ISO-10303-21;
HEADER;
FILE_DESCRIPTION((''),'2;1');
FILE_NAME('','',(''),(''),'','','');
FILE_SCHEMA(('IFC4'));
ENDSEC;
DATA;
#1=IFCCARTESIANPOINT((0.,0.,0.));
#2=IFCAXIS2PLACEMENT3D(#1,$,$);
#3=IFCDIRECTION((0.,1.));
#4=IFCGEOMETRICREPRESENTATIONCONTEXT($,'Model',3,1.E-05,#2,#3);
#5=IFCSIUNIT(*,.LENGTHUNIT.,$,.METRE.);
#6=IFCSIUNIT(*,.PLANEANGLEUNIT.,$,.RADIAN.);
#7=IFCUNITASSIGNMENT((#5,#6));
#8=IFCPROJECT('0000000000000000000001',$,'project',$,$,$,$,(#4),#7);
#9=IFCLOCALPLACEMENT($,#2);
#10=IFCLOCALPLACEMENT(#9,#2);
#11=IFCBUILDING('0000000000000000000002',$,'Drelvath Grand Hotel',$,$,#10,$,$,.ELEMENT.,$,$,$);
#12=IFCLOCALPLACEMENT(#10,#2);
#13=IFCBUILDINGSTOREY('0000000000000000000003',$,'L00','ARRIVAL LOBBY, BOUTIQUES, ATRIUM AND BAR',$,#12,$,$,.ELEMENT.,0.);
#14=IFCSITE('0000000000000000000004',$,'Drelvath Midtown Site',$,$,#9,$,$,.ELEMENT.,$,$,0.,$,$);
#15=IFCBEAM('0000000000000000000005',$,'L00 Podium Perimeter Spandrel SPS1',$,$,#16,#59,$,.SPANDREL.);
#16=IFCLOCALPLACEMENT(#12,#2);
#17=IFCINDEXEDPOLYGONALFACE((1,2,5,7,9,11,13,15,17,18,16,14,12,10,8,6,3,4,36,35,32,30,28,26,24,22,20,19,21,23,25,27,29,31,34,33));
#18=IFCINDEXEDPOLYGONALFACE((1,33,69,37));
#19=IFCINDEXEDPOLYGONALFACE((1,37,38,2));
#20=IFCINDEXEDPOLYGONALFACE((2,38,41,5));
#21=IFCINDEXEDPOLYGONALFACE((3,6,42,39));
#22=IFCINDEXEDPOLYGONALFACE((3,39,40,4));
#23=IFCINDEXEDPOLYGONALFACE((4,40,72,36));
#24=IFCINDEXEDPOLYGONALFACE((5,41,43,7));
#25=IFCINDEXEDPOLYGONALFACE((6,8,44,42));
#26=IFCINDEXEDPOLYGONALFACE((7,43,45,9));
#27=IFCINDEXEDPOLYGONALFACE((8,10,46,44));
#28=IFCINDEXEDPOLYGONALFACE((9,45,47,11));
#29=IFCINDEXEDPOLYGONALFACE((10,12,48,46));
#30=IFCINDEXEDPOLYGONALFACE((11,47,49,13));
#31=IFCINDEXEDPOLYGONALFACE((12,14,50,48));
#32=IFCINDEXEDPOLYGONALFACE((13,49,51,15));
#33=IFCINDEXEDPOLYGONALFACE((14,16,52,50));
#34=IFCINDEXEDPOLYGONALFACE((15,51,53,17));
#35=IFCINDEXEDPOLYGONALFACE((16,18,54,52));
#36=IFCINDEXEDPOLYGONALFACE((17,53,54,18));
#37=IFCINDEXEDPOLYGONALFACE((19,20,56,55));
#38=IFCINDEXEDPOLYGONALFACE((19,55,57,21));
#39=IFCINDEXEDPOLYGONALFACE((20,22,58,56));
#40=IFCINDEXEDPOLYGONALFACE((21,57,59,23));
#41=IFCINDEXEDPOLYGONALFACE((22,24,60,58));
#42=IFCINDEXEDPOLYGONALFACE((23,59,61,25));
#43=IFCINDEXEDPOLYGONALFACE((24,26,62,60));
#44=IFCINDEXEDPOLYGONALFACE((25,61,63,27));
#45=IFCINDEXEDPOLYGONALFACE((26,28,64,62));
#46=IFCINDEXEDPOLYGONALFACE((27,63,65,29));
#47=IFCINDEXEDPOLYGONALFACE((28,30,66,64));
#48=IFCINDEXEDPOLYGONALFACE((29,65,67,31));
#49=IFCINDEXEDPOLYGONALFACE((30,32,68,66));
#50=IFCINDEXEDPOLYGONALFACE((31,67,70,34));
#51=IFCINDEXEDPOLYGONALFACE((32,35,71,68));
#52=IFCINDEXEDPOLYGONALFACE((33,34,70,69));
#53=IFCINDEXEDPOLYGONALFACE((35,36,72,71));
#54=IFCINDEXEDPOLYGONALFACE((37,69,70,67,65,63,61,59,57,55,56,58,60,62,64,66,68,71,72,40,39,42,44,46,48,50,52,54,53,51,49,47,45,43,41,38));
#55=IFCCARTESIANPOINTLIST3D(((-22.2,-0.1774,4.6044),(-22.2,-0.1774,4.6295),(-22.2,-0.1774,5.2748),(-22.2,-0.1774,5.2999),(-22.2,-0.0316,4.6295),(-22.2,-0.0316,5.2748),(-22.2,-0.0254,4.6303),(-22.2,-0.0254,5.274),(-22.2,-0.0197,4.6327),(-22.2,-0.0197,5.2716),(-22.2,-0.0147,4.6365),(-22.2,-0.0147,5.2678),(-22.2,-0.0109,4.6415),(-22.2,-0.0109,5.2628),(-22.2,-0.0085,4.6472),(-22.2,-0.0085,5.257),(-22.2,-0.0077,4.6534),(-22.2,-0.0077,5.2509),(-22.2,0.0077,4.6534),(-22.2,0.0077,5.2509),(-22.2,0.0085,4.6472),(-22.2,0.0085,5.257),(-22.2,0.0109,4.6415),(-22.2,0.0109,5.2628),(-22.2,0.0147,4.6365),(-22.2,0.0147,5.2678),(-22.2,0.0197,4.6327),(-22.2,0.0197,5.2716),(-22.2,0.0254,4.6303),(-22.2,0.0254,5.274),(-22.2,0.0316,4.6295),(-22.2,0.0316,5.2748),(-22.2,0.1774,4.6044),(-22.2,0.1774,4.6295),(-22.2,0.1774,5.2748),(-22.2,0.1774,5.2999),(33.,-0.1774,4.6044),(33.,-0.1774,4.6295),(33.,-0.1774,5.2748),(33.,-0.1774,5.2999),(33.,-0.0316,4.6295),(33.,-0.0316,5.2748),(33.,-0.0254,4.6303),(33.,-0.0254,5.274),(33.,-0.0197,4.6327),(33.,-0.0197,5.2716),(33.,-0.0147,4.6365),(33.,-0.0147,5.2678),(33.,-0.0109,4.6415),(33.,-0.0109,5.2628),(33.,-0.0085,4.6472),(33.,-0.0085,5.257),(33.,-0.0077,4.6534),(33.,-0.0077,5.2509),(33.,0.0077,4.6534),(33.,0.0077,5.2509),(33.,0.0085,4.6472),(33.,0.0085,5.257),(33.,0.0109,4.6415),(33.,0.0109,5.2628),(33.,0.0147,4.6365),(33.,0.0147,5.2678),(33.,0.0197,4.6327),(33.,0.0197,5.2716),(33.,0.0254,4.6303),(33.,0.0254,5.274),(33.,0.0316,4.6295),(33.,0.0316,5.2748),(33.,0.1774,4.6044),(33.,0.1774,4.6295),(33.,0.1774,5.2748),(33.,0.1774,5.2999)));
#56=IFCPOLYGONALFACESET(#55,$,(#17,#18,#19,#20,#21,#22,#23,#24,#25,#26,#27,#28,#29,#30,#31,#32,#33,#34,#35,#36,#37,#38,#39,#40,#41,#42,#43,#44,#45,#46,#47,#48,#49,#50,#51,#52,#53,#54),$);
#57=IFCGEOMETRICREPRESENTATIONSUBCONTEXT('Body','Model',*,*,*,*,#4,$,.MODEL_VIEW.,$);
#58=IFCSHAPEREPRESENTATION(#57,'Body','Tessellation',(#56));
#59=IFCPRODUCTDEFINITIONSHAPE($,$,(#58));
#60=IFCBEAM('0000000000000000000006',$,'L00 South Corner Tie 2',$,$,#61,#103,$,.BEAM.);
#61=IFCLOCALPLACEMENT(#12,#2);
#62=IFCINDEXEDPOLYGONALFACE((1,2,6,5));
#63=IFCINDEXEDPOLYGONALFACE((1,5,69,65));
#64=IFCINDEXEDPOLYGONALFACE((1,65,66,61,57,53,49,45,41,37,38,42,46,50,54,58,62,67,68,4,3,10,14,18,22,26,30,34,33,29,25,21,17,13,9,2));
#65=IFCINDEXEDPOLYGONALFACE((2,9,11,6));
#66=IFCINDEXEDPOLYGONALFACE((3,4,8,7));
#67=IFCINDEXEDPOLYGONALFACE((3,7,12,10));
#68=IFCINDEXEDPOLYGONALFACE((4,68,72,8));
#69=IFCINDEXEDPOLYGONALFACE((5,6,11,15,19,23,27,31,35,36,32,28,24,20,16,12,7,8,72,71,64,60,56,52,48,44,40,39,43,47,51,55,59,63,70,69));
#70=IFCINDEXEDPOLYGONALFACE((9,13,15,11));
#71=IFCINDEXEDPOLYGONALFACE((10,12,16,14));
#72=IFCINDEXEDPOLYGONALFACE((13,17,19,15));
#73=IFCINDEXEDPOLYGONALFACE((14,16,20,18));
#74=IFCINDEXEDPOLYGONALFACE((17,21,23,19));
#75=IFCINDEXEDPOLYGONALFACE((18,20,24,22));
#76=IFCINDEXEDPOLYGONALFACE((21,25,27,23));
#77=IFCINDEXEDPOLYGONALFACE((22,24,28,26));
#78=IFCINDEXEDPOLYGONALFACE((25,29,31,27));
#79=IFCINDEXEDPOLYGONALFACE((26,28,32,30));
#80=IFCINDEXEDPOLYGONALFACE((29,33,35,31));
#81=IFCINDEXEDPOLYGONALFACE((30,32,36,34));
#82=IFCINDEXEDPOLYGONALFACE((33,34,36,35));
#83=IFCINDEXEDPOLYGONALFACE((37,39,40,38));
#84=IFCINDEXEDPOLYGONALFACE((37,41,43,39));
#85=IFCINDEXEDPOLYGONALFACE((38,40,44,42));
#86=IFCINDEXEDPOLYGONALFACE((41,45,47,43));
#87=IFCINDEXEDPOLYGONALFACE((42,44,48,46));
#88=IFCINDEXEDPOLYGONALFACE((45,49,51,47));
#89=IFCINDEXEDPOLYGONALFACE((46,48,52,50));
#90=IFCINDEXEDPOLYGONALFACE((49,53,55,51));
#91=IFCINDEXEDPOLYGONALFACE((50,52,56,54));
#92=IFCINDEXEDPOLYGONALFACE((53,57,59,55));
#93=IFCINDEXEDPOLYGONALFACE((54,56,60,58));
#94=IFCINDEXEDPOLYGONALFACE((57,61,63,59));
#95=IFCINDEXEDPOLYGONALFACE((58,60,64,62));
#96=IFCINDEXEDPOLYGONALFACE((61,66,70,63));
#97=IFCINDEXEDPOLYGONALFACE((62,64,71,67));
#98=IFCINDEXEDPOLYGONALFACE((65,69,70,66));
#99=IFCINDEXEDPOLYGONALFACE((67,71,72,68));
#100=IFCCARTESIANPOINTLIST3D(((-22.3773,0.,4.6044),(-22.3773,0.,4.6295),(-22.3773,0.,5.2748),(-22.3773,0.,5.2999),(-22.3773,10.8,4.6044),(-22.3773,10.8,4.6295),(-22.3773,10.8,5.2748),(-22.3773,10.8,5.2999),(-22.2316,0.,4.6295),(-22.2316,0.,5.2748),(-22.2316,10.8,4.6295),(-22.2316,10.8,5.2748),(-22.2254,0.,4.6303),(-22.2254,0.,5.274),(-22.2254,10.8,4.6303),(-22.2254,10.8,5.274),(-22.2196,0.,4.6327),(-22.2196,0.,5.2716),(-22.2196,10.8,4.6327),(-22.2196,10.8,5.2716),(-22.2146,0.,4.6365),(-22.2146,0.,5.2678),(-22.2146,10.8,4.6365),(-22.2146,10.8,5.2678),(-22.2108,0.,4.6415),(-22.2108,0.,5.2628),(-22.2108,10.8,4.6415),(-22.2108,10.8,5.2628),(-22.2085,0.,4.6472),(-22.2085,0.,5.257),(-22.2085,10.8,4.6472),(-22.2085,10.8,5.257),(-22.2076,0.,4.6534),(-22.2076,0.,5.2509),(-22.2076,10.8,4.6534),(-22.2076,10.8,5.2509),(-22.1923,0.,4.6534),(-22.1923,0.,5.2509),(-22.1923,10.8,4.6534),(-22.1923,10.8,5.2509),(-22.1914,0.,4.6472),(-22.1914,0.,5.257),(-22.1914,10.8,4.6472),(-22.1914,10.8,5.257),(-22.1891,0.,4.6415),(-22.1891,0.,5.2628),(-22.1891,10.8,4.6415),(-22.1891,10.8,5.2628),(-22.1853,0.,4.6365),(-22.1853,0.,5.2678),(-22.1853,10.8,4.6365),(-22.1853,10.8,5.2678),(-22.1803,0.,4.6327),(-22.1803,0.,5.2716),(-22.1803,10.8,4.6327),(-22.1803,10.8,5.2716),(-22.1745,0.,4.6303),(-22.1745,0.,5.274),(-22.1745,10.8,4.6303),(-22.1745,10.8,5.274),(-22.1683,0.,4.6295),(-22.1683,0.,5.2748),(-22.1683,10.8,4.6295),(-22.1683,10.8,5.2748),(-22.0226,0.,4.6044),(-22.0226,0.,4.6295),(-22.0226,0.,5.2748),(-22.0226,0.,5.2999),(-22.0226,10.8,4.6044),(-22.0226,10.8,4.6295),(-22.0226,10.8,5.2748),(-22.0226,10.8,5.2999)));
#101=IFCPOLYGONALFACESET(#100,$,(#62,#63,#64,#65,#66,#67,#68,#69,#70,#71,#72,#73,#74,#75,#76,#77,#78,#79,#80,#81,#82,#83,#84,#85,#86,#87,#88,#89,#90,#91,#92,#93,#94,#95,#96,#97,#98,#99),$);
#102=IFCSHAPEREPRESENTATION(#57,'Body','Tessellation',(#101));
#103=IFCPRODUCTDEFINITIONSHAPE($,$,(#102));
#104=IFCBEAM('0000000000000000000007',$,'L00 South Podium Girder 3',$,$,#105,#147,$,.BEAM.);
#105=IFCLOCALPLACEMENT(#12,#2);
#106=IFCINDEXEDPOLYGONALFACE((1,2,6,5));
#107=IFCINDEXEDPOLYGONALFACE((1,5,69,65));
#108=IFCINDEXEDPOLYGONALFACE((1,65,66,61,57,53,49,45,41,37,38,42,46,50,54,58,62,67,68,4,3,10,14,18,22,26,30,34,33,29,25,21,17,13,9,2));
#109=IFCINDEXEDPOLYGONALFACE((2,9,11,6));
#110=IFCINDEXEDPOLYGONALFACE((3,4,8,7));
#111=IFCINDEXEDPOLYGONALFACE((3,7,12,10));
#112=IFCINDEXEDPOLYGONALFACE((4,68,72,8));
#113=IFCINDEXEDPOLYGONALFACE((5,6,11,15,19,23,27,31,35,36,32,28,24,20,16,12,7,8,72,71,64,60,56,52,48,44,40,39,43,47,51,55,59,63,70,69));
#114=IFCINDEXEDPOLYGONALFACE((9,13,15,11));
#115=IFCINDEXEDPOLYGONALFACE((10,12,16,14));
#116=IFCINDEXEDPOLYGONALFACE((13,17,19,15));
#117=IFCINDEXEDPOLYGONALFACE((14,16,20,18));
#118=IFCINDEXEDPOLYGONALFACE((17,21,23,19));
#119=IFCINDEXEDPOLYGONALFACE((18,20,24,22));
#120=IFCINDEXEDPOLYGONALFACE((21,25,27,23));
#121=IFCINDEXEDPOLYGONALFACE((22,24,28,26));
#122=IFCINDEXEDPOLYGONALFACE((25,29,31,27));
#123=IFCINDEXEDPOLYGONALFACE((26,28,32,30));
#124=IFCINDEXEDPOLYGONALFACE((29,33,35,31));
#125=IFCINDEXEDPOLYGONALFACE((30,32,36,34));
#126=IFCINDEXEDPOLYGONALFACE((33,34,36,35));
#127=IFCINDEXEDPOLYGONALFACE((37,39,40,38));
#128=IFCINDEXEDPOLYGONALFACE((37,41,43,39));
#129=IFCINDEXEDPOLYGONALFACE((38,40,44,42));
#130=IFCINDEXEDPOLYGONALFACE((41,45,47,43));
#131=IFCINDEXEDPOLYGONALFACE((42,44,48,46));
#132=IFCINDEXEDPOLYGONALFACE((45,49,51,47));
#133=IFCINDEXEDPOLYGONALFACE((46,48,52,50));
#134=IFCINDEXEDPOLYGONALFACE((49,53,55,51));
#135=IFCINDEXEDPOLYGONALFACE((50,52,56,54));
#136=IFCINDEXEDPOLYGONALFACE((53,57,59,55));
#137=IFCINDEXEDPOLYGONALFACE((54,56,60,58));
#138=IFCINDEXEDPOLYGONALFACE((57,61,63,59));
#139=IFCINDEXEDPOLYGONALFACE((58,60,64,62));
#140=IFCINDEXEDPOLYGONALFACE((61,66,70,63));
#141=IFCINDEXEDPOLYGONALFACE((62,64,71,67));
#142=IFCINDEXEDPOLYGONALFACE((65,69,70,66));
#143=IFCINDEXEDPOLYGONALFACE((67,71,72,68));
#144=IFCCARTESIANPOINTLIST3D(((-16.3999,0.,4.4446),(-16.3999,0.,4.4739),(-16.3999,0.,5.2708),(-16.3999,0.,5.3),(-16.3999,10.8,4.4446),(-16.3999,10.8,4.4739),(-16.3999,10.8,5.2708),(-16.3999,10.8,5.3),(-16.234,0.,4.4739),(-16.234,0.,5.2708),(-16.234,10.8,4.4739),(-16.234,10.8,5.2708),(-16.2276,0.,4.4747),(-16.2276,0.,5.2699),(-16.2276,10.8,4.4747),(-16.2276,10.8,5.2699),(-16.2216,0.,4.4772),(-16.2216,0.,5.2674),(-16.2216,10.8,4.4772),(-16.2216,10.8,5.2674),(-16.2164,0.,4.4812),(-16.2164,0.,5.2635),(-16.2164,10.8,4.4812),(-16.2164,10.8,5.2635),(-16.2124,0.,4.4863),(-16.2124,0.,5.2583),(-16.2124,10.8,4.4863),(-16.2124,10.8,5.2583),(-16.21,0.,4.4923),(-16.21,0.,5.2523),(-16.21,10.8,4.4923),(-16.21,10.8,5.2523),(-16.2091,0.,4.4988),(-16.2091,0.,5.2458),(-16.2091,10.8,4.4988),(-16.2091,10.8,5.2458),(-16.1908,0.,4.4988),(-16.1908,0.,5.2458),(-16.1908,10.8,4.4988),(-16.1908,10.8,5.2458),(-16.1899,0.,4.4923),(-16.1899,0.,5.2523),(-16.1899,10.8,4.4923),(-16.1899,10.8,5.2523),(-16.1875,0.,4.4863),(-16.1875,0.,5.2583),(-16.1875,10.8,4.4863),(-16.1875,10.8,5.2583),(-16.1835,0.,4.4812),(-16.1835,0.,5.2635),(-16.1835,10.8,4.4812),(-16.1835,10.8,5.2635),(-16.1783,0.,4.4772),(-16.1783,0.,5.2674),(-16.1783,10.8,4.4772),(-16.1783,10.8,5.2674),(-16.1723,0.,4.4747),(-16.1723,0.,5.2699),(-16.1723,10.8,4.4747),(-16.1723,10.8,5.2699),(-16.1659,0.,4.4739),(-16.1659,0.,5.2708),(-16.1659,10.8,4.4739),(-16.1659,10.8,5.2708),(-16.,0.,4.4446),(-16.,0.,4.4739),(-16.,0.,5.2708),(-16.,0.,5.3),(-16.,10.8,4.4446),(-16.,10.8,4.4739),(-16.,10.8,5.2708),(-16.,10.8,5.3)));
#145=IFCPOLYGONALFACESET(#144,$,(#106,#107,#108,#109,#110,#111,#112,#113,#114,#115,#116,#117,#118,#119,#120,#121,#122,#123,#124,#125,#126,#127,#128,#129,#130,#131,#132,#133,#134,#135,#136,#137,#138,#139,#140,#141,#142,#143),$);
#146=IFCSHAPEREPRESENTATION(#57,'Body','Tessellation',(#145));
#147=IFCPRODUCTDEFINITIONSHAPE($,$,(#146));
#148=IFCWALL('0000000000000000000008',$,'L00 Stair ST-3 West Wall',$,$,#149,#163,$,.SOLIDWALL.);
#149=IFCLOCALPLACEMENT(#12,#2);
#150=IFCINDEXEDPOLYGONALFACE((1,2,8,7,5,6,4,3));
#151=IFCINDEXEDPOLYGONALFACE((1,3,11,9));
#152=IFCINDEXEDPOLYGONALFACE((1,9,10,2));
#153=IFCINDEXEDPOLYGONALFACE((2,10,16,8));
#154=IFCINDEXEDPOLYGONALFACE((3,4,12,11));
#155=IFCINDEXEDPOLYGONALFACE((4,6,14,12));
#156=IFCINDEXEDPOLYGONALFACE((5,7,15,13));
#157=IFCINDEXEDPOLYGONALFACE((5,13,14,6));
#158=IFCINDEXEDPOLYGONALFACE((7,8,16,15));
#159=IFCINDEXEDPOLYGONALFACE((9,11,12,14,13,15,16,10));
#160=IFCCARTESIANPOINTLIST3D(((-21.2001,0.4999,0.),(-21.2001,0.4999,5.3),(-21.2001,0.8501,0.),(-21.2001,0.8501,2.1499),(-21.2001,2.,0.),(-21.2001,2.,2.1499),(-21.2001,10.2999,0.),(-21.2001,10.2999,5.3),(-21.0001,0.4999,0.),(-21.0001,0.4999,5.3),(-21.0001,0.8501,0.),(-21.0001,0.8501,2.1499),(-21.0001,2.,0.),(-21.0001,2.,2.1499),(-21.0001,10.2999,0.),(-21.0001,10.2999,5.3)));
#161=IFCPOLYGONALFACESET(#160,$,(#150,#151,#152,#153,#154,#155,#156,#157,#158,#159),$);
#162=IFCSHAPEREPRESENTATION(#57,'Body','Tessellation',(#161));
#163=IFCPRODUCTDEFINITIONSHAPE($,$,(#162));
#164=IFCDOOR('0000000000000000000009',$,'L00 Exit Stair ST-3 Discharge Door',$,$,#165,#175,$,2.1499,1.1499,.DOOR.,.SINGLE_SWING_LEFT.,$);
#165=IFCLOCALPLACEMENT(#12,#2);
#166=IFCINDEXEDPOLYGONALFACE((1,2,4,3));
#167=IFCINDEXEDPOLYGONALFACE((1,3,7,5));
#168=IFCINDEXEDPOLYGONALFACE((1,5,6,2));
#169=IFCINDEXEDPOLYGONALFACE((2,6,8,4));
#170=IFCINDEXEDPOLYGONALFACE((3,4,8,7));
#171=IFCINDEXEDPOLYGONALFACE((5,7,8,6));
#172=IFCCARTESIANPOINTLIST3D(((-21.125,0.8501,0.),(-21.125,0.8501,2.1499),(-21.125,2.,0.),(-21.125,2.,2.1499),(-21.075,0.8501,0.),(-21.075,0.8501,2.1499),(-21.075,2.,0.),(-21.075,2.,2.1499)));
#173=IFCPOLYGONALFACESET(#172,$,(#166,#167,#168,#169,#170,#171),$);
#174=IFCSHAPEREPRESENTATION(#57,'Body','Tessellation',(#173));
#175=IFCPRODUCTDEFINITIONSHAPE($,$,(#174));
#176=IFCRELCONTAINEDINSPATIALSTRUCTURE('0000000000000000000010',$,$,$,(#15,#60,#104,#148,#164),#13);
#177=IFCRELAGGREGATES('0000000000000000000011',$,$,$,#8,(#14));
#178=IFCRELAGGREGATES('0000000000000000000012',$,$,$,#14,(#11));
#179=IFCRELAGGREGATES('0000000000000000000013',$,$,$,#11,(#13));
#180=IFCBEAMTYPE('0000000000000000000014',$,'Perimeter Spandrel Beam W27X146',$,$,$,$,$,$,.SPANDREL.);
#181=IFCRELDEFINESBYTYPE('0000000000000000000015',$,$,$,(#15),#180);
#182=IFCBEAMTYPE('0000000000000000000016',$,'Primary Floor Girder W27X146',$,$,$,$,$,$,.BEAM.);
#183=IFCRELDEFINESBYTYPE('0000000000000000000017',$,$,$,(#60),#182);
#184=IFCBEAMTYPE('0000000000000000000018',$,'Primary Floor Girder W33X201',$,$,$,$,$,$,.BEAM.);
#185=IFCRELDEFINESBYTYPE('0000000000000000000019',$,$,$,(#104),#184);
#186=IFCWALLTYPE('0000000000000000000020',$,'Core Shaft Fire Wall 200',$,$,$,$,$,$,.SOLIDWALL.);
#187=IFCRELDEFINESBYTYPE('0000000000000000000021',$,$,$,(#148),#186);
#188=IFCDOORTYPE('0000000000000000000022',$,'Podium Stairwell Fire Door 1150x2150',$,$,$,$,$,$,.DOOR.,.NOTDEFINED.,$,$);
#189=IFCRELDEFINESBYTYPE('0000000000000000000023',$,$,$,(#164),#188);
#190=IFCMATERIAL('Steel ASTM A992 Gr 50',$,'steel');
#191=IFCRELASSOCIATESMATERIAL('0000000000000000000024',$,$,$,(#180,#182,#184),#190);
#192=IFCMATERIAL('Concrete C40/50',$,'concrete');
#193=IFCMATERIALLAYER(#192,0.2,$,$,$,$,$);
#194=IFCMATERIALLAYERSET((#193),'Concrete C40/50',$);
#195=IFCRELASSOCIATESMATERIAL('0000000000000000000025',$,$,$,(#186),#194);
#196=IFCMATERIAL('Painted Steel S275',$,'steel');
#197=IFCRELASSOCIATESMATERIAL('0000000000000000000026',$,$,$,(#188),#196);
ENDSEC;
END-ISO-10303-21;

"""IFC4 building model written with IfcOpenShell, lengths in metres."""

from ifc_helpers import new_model, si_unit, direction, frame, frame_2d, origin, origin_2d, place, context, subcontext, project, spatial, rectangle, i_section, extrude, material, layer, layer_set, material_profile, profile_set, type_object, element, fill, save


model = new_model("IFC4")

# Units and contexts
model_context = context("Model", 3, precision=1e-05, world=origin(), true_north=direction((0.0, 1.0)))
body_context = subcontext(model_context, "Body", "Model", "MODEL_VIEW")
ifc_project = project(units=[si_unit("LENGTHUNIT", "METRE"), si_unit("PLANEANGLEUNIT", "RADIAN")], contexts=[model_context])

# Site, building, storey
site_placement = place(None, origin())
site = spatial("IfcSite", under=ifc_project, at=site_placement, Name="Drelvath Midtown Site", CompositionType="ELEMENT", RefElevation=0.0)
building_placement = place(site_placement, origin())
building = spatial("IfcBuilding", under=site, at=building_placement, Name="Drelvath Grand Hotel", CompositionType="ELEMENT")
storey_placement = place(building_placement, origin())
storey = spatial("IfcBuildingStorey", under=building, at=storey_placement, Name="L00", Description="ARRIVAL LOBBY, BOUTIQUES, ATRIUM AND BAR", CompositionType="ELEMENT", Elevation=0.0)

# Beams
ifc_material_1 = material(Name="Steel ASTM A992 Gr 50", Category="steel")
ifc_material_profile_1 = material_profile(ifc_material_1, i_section(OverallWidth=0.3547, OverallDepth=0.6956, WebThickness=0.0154, FlangeThickness=0.0251, FilletRadius=0.0239, at=origin_2d()), Name="W27X146")
ifc_profile_set_1 = profile_set([ifc_material_profile_1], Name="Steel ASTM A992 Gr 50")
beam_type_1 = type_object("IfcBeamType", Name="Perimeter Spandrel Beam W27X146", PredefinedType="SPANDREL", material=ifc_profile_set_1)
beam_1_placement = place(storey_placement, frame((-22.2, 0.0, 4.9521), z_axis=(1.0, 0.0, 0.0), x_axis=(0.0, 1.0, 0.0)))
element("IfcBeam", 1, at=beam_1_placement, inside=storey, type_object=beam_type_1, Name="L00 Podium Perimeter Spandrel SPS1", PredefinedType="SPANDREL", context=body_context, shape_type="SweptSolid", body=[
    extrude(i_section(OverallWidth=0.3547, OverallDepth=0.6956, WebThickness=0.0154, FlangeThickness=0.0251, FilletRadius=0.0239, at=origin_2d()), origin(), (0.0, 0.0, 1.0), 55.2),
])
ifc_material_profile_2 = material_profile(ifc_material_1, i_section(OverallWidth=0.3547, OverallDepth=0.6956, WebThickness=0.0154, FlangeThickness=0.0251, FilletRadius=0.0239, at=origin_2d()), Name="W27X146")
ifc_profile_set_2 = profile_set([ifc_material_profile_2], Name="Steel ASTM A992 Gr 50")
beam_type_2 = type_object("IfcBeamType", Name="Primary Floor Girder W27X146", PredefinedType="BEAM", material=ifc_profile_set_2)
beam_2_placement = place(storey_placement, frame((-22.2, 0.0, 4.9521), z_axis=(0.0, 1.0, 0.0), x_axis=(-1.0, 0.0, 0.0)))
element("IfcBeam", 2, at=beam_2_placement, inside=storey, type_object=beam_type_2, Name="L00 South Corner Tie 2", PredefinedType="BEAM", context=body_context, shape_type="SweptSolid", body=[
    extrude(i_section(OverallWidth=0.3547, OverallDepth=0.6956, WebThickness=0.0154, FlangeThickness=0.0251, FilletRadius=0.0239, at=origin_2d()), origin(), (0.0, 0.0, 1.0), 10.8),
])
ifc_material_profile_3 = material_profile(ifc_material_1, i_section(OverallWidth=0.3999, OverallDepth=0.8555, WebThickness=0.0183, FlangeThickness=0.0293, FilletRadius=0.0249, at=origin_2d()), Name="W33X201")
ifc_profile_set_3 = profile_set([ifc_material_profile_3], Name="Steel ASTM A992 Gr 50")
beam_type_3 = type_object("IfcBeamType", Name="Primary Floor Girder W33X201", PredefinedType="BEAM", material=ifc_profile_set_3)
beam_3_placement = place(storey_placement, frame((-16.2, 0.0, 4.8723), z_axis=(0.0, 1.0, 0.0), x_axis=(-1.0, 0.0, 0.0)))
element("IfcBeam", 3, at=beam_3_placement, inside=storey, type_object=beam_type_3, Name="L00 South Podium Girder 3", PredefinedType="BEAM", context=body_context, shape_type="SweptSolid", body=[
    extrude(i_section(OverallWidth=0.3999, OverallDepth=0.8555, WebThickness=0.0183, FlangeThickness=0.0293, FilletRadius=0.0249, at=origin_2d()), origin(), (0.0, 0.0, 1.0), 10.8),
])

# Wall, opening, door
ifc_material_2 = material(Name="Concrete C40/50", Category="concrete")
ifc_layer_1 = layer(ifc_material_2, 0.2)
ifc_layer_set_1 = layer_set([ifc_layer_1], Name="Concrete C40/50")
wall_type_1 = type_object("IfcWallType", Name="Core Shaft Fire Wall 200", PredefinedType="SOLIDWALL", material=ifc_layer_set_1)
wall_1_placement = place(storey_placement, frame((-21.1001, 0.5, 0.0), z_axis=(0.0, 0.0, 1.0), x_axis=(0.0, 1.0, 0.0)))
wall_1 = element("IfcWall", 4, at=wall_1_placement, inside=storey, type_object=wall_type_1, Name="L00 Stair ST-3 West Wall", PredefinedType="SOLIDWALL", context=body_context, shape_type="SweptSolid", body=[
    extrude(rectangle(XDim=9.8, YDim=0.2, at=frame_2d((4.8999, 0.0))), origin(), (0.0, 0.0, 1.0), 5.3),
])
opening_1_placement = place(wall_1_placement, frame((0.3501, 0.0, 0.0)))
opening_1 = element("IfcOpeningElement", 5, at=opening_1_placement, cuts=wall_1, PredefinedType="OPENING", context=body_context, shape_type="SweptSolid", body=[
    extrude(rectangle(XDim=1.1499, YDim=2.1499, at=frame_2d((0.575, 1.075))), frame((0.0, 0.1099, 0.0), z_axis=(0.0, -1.0, 0.0), x_axis=(1.0, 0.0, 0.0)), (0.0, 0.0, 1.0), 0.22),
])
ifc_material_3 = material(Name="Painted Steel S275", Category="steel")
door_type = type_object("IfcDoorType", Name="Podium Stairwell Fire Door 1150x2150", OperationType="NOTDEFINED", PredefinedType="DOOR", material=ifc_material_3)
door_placement = place(opening_1_placement, origin())
door = element("IfcDoor", 6, at=door_placement, inside=storey, type_object=door_type, Name="L00 Exit Stair ST-3 Discharge Door", OperationType="SINGLE_SWING_LEFT", OverallHeight=2.1499, OverallWidth=1.1499, PredefinedType="DOOR", context=body_context, shape_type="SweptSolid", body=[
    extrude(rectangle(XDim=1.1499, YDim=2.1499, at=frame_2d((0.575, 1.075))), frame((0.0, 0.0249, 0.0), z_axis=(0.0, -1.0, 0.0), x_axis=(1.0, 0.0, 0.0)), (0.0, 0.0, 1.0), 0.05),
])
fill(opening_1, door)

save(model, "model.ifc")
